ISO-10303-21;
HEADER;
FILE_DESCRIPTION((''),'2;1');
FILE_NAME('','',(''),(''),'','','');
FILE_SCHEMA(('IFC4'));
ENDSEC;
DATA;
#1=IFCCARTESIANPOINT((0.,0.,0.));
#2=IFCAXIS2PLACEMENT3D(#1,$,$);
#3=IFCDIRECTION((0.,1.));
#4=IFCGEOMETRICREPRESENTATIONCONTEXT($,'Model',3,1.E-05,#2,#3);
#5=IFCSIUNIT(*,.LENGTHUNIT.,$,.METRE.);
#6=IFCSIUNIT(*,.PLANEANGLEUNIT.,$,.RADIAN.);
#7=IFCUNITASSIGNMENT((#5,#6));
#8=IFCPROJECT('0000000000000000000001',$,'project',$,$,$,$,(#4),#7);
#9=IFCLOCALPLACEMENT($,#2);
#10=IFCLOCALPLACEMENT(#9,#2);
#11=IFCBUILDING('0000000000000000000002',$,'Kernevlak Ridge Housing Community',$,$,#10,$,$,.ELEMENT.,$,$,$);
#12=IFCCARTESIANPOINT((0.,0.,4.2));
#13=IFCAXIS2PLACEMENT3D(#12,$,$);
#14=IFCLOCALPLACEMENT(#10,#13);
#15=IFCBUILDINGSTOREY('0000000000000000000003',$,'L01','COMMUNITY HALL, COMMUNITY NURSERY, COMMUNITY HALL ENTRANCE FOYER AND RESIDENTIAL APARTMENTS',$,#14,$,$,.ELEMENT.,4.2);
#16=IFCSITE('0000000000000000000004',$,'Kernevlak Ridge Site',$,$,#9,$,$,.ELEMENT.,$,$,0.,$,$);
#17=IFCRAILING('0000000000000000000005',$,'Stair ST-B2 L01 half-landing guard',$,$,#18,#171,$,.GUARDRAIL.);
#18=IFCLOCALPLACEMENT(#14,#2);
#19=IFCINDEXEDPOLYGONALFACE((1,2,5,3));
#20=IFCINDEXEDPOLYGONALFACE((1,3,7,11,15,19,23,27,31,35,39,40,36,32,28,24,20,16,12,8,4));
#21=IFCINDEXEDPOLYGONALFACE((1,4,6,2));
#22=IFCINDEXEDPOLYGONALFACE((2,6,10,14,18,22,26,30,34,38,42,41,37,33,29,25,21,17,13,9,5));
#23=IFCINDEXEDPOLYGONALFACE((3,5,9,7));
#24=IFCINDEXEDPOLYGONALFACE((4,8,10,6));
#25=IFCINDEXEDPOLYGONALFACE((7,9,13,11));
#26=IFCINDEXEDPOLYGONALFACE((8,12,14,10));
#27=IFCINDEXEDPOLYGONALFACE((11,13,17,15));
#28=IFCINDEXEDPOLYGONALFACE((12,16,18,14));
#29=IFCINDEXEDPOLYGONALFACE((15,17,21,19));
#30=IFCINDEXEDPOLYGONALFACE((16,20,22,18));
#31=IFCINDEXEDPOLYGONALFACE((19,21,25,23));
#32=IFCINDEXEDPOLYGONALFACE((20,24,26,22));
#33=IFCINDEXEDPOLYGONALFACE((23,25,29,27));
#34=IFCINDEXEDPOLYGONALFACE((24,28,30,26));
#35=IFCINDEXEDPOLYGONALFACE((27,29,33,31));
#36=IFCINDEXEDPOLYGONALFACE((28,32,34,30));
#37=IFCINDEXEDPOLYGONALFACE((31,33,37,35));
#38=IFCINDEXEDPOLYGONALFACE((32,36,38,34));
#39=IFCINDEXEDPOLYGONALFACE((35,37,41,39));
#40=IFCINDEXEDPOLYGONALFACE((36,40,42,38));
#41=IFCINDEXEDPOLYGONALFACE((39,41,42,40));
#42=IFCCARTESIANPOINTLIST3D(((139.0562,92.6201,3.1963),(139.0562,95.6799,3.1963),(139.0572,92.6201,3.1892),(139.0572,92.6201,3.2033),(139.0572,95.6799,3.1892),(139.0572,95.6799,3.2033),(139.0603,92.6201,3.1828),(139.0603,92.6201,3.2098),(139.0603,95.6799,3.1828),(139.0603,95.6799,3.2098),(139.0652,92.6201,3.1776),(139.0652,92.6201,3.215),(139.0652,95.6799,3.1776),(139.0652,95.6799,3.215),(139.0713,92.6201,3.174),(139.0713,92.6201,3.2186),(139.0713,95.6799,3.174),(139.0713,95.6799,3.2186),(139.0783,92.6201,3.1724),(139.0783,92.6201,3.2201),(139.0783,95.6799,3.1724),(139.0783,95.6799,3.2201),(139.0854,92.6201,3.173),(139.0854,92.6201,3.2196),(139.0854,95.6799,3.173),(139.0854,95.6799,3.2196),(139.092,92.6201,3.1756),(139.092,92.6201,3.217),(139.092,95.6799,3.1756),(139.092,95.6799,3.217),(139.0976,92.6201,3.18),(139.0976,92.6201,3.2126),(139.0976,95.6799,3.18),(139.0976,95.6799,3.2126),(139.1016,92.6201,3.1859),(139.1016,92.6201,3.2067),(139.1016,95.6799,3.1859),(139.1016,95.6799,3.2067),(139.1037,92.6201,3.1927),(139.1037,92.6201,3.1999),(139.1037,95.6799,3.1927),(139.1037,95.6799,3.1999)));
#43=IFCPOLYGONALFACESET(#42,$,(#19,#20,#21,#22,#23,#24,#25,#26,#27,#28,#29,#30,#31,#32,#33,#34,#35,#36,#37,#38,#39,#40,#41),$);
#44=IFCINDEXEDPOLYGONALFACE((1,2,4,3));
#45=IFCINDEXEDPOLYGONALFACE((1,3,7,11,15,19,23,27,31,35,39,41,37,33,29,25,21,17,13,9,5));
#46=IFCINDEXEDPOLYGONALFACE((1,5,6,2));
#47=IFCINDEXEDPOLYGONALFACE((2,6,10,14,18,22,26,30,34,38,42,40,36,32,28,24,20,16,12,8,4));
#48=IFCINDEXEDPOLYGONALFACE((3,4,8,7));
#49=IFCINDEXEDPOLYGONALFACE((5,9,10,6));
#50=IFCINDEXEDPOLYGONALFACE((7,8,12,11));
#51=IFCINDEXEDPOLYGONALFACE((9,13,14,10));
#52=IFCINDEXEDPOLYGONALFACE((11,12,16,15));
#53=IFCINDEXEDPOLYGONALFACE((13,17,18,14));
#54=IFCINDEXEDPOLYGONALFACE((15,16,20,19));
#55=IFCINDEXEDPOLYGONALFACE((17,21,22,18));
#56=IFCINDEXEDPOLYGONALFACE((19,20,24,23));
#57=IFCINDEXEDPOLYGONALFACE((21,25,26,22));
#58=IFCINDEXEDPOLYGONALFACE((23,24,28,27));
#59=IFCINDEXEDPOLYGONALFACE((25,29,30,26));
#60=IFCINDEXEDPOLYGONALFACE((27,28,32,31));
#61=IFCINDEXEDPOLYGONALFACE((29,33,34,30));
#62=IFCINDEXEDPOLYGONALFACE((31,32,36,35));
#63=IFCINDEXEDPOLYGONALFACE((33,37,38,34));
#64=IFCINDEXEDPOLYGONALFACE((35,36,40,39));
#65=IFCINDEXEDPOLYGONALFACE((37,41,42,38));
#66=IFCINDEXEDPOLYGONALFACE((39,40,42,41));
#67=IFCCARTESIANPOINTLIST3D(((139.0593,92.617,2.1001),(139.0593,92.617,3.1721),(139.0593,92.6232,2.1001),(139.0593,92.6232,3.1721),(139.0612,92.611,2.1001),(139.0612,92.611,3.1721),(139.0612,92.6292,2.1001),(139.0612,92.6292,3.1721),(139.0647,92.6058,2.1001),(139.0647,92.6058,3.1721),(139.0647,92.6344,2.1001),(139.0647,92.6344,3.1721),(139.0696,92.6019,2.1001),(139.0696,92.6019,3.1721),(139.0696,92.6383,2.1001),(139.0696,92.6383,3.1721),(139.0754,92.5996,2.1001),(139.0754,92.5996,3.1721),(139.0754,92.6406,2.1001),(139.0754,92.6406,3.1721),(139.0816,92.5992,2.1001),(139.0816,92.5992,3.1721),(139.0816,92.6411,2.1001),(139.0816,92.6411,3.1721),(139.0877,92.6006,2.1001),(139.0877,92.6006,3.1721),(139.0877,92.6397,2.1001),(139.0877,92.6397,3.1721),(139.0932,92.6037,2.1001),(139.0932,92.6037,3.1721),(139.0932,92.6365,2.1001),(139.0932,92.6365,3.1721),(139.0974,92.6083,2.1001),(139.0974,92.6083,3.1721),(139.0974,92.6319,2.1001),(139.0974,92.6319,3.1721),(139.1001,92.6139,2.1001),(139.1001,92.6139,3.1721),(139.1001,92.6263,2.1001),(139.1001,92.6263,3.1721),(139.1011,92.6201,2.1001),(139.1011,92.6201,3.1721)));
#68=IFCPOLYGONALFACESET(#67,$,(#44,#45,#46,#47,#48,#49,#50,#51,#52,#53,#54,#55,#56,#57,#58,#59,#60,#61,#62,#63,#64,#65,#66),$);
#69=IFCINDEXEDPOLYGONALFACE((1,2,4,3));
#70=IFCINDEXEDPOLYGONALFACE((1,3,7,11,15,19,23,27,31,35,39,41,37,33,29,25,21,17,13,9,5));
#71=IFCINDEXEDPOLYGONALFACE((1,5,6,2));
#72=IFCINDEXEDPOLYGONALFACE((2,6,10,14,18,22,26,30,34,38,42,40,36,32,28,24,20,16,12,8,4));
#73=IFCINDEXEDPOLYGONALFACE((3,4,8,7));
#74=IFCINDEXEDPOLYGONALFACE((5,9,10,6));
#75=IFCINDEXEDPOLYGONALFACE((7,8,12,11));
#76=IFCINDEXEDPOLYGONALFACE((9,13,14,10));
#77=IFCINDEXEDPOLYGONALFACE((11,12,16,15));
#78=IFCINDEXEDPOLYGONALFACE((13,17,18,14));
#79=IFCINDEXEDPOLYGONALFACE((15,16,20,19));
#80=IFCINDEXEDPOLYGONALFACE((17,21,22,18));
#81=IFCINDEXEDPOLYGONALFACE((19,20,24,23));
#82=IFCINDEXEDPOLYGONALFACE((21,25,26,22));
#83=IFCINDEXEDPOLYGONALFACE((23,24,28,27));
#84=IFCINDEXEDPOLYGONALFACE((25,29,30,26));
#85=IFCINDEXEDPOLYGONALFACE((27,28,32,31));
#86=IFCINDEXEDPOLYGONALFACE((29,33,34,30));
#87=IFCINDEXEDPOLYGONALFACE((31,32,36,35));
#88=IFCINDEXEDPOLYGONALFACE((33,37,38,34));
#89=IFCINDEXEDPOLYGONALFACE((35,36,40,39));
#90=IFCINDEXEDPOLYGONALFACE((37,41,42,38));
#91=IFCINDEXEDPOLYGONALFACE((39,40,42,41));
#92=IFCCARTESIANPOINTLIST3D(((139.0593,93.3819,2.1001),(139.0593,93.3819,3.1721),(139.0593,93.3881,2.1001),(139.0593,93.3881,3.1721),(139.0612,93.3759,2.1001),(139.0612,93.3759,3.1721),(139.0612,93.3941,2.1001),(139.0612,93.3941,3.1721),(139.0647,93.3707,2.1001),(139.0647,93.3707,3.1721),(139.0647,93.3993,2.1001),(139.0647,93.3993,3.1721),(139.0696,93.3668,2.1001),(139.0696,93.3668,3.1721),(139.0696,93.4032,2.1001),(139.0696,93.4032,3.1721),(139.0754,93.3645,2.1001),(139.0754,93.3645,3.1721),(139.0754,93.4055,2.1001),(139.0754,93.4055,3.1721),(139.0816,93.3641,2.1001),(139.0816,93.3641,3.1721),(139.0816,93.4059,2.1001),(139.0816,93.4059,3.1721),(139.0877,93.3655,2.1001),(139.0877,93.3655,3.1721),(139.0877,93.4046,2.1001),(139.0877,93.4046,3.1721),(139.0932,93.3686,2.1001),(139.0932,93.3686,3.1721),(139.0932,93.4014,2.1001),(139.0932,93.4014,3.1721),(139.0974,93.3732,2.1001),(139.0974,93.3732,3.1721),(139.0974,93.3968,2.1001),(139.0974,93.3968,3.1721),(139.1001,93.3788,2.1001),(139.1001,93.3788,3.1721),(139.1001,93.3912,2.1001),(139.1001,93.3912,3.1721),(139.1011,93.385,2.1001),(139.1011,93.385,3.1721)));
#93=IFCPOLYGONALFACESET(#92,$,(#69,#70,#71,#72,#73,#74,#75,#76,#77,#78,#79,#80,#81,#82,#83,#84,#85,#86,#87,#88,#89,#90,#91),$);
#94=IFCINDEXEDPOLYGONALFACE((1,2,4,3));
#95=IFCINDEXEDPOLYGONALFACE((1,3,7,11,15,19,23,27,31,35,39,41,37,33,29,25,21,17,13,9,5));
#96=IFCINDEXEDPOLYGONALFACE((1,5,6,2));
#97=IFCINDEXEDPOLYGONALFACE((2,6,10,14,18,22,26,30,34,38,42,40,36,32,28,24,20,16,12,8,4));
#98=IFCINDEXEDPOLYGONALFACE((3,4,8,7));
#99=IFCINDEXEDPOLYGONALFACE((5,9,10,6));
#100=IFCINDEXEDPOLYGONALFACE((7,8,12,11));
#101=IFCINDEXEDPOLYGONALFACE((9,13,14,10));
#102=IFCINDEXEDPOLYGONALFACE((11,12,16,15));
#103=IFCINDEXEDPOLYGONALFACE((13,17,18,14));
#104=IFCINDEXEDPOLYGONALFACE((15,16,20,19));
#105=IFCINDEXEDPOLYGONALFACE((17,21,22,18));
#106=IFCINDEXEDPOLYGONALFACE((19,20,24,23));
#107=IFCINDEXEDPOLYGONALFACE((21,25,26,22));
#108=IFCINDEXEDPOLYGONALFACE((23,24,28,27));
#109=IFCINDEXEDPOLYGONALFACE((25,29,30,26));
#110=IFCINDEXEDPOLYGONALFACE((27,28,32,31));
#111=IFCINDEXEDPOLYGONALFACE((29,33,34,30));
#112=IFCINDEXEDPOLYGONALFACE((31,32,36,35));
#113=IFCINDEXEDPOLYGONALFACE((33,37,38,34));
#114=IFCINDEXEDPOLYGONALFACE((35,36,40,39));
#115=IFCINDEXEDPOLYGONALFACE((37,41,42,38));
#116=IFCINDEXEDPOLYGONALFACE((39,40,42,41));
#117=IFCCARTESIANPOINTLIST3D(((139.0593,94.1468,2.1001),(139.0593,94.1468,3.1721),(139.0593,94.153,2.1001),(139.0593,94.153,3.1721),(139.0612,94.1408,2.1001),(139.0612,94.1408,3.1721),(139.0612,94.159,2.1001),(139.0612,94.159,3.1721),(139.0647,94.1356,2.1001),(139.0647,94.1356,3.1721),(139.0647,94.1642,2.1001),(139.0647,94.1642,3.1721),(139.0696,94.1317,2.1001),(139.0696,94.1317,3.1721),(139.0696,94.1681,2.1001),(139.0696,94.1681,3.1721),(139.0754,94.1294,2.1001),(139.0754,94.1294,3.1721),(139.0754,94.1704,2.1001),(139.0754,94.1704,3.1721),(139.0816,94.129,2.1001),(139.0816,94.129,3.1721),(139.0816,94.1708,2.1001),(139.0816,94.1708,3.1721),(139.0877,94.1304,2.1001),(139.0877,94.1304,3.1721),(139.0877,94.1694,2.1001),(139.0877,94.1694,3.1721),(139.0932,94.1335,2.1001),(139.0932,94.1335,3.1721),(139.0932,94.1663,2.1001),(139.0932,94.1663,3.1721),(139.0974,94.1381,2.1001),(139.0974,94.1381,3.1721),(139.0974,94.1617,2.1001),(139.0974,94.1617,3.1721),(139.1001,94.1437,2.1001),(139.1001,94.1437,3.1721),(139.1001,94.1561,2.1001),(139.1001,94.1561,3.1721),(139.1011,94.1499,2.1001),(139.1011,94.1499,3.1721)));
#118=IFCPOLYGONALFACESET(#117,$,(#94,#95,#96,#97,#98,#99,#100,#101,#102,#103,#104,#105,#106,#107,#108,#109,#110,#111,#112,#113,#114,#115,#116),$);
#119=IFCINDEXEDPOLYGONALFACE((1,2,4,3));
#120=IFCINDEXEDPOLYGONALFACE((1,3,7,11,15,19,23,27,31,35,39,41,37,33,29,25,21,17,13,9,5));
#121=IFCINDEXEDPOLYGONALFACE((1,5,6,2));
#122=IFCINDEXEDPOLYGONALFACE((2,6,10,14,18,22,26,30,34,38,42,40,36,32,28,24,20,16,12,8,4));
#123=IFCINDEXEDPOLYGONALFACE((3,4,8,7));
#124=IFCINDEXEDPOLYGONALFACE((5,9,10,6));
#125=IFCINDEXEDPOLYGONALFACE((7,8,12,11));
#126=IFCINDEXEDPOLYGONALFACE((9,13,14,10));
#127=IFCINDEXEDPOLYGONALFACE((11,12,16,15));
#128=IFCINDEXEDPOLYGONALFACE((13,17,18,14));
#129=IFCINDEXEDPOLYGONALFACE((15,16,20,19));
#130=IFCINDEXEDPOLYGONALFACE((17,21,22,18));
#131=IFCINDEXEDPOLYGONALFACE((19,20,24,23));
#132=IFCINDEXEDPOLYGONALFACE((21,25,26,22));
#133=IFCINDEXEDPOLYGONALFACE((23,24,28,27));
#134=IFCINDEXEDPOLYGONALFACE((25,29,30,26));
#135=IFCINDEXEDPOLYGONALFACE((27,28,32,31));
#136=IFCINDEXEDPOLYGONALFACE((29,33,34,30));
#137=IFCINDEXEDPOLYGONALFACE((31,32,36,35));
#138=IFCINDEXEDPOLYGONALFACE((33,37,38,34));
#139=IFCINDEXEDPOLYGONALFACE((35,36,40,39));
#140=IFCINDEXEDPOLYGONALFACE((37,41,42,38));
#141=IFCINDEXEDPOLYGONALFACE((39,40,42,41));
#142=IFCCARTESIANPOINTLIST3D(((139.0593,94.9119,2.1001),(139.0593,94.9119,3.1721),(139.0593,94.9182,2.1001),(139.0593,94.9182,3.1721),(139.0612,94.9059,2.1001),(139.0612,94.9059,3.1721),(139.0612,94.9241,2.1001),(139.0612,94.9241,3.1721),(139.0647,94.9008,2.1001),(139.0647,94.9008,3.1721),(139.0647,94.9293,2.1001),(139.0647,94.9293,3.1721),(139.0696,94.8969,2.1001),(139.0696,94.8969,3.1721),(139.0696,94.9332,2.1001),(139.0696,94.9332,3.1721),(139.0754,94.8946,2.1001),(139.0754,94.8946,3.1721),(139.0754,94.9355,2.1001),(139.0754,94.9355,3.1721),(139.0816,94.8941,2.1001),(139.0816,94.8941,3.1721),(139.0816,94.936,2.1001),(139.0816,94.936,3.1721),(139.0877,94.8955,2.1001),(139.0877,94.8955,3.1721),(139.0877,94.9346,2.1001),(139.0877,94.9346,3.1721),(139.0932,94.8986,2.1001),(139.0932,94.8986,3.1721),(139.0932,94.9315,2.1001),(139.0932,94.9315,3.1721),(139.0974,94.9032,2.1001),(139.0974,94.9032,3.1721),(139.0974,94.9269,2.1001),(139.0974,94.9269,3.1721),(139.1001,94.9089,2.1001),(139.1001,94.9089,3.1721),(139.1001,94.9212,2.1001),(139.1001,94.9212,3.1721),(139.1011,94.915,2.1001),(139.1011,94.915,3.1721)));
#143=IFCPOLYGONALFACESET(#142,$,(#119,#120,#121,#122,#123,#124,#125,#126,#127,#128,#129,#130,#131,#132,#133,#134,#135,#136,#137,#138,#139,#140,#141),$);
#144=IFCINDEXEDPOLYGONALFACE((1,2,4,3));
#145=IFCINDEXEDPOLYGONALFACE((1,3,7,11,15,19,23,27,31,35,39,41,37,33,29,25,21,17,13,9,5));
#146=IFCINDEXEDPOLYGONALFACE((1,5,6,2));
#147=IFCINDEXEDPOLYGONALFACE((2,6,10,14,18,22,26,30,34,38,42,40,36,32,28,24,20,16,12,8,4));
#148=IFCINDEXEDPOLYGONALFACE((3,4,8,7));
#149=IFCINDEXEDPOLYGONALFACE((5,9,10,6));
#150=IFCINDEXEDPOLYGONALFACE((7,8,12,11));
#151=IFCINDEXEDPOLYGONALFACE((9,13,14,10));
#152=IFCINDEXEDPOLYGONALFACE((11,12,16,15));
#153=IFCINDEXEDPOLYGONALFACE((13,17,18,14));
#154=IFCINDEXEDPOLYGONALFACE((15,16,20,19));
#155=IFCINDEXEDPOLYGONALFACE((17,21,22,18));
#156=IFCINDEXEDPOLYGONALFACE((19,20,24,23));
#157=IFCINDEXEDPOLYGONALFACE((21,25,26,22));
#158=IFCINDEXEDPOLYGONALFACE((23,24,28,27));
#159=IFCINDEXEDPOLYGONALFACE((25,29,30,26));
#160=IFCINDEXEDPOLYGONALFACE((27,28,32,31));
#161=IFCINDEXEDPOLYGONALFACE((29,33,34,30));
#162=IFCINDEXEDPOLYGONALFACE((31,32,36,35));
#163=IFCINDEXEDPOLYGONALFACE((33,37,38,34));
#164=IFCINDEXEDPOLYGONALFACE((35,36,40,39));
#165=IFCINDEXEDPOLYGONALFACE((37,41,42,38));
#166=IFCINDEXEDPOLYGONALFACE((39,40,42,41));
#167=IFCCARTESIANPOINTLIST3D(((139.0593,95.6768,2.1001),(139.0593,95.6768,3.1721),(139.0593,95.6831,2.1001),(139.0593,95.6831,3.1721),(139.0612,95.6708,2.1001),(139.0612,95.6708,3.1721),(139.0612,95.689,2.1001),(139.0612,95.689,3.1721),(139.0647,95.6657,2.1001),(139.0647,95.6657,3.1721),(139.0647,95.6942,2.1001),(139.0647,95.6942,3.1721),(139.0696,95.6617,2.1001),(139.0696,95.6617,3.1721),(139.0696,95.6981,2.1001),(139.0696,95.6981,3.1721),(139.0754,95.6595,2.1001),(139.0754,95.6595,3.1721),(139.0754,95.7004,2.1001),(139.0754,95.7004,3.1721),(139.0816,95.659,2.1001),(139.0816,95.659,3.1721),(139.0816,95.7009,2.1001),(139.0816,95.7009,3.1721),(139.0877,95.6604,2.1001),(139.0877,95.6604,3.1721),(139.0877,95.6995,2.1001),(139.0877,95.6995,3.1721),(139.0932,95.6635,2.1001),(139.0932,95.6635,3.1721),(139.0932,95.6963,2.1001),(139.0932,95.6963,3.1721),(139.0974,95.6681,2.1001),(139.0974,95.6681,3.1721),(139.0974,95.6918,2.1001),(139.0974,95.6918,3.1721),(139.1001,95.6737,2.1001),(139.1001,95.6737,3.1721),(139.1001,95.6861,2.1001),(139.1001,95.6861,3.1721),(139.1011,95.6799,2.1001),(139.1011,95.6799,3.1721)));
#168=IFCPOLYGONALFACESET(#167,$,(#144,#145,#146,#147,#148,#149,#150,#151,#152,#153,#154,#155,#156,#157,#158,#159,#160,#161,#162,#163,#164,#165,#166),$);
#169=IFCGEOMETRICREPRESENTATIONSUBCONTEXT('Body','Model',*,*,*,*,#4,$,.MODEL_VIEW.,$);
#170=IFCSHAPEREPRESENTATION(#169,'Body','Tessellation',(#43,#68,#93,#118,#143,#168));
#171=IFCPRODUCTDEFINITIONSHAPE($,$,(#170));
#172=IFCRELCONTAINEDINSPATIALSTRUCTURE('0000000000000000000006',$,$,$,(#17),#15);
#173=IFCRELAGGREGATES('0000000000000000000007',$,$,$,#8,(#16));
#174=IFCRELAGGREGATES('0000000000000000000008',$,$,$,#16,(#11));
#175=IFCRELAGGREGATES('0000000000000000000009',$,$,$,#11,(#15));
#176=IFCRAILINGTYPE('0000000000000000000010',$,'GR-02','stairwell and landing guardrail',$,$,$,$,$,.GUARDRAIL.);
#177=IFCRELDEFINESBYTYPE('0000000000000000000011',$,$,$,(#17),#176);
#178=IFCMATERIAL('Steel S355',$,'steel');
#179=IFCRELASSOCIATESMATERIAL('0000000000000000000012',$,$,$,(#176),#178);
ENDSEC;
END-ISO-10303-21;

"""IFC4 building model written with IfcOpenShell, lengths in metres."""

from ifc_helpers import new_model, si_unit, direction, frame, origin, origin_2d, place, context, subcontext, project, spatial, circle, extrude, material, type_object, element, save


model = new_model("IFC4")

# Units and contexts
model_context = context("Model", 3, precision=1e-05, world=origin(), true_north=direction((0.0, 1.0)))
body_context = subcontext(model_context, "Body", "Model", "MODEL_VIEW")
ifc_project = project(units=[si_unit("LENGTHUNIT", "METRE"), si_unit("PLANEANGLEUNIT", "RADIAN")], contexts=[model_context])

# Site, building, storey
site_placement = place(None, origin())
site = spatial("IfcSite", under=ifc_project, at=site_placement, Name="Kernevlak Ridge Site", CompositionType="ELEMENT", RefElevation=0.0)
building_placement = place(site_placement, origin())
building = spatial("IfcBuilding", under=site, at=building_placement, Name="Kernevlak Ridge Housing Community", CompositionType="ELEMENT")
storey_placement = place(building_placement, frame((0.0, 0.0, 4.2)))
storey = spatial("IfcBuildingStorey", under=building, at=storey_placement, Name="L01", Description="COMMUNITY HALL, COMMUNITY NURSERY, COMMUNITY HALL ENTRANCE FOYER AND RESIDENTIAL APARTMENTS", CompositionType="ELEMENT", Elevation=4.2)

# Railing
ifc_material_1 = material(Name="Steel S355", Category="steel")
railing_type_1 = type_object("IfcRailingType", Name="GR-02", Description="stairwell and landing guardrail", PredefinedType="GUARDRAIL", material=ifc_material_1)
railing_1_placement = place(storey_placement, frame((139.0801, 92.6201, 2.1001)))
element("IfcRailing", 1, at=railing_1_placement, inside=storey, type_object=railing_type_1, Name="Stair ST-B2 L01 half-landing guard", PredefinedType="GUARDRAIL", context=body_context, shape_type="SweptSolid", body=[
    extrude(circle(Radius=0.0239, at=origin_2d()), frame((0.0, 0.0, 1.0962), z_axis=(0.0, 1.0, 0.0), x_axis=(-1.0, 0.0, 0.0)), (0.0, 0.0, 1.0), 3.0598),
    extrude(circle(Radius=0.021, at=origin_2d()), origin(), (0.0, 0.0, 1.0), 1.072),
    extrude(circle(Radius=0.021, at=origin_2d()), frame((0.0, 0.7649, 0.0)), (0.0, 0.0, 1.0), 1.072),
    extrude(circle(Radius=0.021, at=origin_2d()), frame((0.0, 1.5298, 0.0)), (0.0, 0.0, 1.0), 1.072),
    extrude(circle(Radius=0.021, at=origin_2d()), frame((0.0, 2.2949, 0.0)), (0.0, 0.0, 1.0), 1.072),
    extrude(circle(Radius=0.021, at=origin_2d()), frame((0.0, 3.0598, 0.0)), (0.0, 0.0, 1.0), 1.072),
])

save(model, "model.ifc")
